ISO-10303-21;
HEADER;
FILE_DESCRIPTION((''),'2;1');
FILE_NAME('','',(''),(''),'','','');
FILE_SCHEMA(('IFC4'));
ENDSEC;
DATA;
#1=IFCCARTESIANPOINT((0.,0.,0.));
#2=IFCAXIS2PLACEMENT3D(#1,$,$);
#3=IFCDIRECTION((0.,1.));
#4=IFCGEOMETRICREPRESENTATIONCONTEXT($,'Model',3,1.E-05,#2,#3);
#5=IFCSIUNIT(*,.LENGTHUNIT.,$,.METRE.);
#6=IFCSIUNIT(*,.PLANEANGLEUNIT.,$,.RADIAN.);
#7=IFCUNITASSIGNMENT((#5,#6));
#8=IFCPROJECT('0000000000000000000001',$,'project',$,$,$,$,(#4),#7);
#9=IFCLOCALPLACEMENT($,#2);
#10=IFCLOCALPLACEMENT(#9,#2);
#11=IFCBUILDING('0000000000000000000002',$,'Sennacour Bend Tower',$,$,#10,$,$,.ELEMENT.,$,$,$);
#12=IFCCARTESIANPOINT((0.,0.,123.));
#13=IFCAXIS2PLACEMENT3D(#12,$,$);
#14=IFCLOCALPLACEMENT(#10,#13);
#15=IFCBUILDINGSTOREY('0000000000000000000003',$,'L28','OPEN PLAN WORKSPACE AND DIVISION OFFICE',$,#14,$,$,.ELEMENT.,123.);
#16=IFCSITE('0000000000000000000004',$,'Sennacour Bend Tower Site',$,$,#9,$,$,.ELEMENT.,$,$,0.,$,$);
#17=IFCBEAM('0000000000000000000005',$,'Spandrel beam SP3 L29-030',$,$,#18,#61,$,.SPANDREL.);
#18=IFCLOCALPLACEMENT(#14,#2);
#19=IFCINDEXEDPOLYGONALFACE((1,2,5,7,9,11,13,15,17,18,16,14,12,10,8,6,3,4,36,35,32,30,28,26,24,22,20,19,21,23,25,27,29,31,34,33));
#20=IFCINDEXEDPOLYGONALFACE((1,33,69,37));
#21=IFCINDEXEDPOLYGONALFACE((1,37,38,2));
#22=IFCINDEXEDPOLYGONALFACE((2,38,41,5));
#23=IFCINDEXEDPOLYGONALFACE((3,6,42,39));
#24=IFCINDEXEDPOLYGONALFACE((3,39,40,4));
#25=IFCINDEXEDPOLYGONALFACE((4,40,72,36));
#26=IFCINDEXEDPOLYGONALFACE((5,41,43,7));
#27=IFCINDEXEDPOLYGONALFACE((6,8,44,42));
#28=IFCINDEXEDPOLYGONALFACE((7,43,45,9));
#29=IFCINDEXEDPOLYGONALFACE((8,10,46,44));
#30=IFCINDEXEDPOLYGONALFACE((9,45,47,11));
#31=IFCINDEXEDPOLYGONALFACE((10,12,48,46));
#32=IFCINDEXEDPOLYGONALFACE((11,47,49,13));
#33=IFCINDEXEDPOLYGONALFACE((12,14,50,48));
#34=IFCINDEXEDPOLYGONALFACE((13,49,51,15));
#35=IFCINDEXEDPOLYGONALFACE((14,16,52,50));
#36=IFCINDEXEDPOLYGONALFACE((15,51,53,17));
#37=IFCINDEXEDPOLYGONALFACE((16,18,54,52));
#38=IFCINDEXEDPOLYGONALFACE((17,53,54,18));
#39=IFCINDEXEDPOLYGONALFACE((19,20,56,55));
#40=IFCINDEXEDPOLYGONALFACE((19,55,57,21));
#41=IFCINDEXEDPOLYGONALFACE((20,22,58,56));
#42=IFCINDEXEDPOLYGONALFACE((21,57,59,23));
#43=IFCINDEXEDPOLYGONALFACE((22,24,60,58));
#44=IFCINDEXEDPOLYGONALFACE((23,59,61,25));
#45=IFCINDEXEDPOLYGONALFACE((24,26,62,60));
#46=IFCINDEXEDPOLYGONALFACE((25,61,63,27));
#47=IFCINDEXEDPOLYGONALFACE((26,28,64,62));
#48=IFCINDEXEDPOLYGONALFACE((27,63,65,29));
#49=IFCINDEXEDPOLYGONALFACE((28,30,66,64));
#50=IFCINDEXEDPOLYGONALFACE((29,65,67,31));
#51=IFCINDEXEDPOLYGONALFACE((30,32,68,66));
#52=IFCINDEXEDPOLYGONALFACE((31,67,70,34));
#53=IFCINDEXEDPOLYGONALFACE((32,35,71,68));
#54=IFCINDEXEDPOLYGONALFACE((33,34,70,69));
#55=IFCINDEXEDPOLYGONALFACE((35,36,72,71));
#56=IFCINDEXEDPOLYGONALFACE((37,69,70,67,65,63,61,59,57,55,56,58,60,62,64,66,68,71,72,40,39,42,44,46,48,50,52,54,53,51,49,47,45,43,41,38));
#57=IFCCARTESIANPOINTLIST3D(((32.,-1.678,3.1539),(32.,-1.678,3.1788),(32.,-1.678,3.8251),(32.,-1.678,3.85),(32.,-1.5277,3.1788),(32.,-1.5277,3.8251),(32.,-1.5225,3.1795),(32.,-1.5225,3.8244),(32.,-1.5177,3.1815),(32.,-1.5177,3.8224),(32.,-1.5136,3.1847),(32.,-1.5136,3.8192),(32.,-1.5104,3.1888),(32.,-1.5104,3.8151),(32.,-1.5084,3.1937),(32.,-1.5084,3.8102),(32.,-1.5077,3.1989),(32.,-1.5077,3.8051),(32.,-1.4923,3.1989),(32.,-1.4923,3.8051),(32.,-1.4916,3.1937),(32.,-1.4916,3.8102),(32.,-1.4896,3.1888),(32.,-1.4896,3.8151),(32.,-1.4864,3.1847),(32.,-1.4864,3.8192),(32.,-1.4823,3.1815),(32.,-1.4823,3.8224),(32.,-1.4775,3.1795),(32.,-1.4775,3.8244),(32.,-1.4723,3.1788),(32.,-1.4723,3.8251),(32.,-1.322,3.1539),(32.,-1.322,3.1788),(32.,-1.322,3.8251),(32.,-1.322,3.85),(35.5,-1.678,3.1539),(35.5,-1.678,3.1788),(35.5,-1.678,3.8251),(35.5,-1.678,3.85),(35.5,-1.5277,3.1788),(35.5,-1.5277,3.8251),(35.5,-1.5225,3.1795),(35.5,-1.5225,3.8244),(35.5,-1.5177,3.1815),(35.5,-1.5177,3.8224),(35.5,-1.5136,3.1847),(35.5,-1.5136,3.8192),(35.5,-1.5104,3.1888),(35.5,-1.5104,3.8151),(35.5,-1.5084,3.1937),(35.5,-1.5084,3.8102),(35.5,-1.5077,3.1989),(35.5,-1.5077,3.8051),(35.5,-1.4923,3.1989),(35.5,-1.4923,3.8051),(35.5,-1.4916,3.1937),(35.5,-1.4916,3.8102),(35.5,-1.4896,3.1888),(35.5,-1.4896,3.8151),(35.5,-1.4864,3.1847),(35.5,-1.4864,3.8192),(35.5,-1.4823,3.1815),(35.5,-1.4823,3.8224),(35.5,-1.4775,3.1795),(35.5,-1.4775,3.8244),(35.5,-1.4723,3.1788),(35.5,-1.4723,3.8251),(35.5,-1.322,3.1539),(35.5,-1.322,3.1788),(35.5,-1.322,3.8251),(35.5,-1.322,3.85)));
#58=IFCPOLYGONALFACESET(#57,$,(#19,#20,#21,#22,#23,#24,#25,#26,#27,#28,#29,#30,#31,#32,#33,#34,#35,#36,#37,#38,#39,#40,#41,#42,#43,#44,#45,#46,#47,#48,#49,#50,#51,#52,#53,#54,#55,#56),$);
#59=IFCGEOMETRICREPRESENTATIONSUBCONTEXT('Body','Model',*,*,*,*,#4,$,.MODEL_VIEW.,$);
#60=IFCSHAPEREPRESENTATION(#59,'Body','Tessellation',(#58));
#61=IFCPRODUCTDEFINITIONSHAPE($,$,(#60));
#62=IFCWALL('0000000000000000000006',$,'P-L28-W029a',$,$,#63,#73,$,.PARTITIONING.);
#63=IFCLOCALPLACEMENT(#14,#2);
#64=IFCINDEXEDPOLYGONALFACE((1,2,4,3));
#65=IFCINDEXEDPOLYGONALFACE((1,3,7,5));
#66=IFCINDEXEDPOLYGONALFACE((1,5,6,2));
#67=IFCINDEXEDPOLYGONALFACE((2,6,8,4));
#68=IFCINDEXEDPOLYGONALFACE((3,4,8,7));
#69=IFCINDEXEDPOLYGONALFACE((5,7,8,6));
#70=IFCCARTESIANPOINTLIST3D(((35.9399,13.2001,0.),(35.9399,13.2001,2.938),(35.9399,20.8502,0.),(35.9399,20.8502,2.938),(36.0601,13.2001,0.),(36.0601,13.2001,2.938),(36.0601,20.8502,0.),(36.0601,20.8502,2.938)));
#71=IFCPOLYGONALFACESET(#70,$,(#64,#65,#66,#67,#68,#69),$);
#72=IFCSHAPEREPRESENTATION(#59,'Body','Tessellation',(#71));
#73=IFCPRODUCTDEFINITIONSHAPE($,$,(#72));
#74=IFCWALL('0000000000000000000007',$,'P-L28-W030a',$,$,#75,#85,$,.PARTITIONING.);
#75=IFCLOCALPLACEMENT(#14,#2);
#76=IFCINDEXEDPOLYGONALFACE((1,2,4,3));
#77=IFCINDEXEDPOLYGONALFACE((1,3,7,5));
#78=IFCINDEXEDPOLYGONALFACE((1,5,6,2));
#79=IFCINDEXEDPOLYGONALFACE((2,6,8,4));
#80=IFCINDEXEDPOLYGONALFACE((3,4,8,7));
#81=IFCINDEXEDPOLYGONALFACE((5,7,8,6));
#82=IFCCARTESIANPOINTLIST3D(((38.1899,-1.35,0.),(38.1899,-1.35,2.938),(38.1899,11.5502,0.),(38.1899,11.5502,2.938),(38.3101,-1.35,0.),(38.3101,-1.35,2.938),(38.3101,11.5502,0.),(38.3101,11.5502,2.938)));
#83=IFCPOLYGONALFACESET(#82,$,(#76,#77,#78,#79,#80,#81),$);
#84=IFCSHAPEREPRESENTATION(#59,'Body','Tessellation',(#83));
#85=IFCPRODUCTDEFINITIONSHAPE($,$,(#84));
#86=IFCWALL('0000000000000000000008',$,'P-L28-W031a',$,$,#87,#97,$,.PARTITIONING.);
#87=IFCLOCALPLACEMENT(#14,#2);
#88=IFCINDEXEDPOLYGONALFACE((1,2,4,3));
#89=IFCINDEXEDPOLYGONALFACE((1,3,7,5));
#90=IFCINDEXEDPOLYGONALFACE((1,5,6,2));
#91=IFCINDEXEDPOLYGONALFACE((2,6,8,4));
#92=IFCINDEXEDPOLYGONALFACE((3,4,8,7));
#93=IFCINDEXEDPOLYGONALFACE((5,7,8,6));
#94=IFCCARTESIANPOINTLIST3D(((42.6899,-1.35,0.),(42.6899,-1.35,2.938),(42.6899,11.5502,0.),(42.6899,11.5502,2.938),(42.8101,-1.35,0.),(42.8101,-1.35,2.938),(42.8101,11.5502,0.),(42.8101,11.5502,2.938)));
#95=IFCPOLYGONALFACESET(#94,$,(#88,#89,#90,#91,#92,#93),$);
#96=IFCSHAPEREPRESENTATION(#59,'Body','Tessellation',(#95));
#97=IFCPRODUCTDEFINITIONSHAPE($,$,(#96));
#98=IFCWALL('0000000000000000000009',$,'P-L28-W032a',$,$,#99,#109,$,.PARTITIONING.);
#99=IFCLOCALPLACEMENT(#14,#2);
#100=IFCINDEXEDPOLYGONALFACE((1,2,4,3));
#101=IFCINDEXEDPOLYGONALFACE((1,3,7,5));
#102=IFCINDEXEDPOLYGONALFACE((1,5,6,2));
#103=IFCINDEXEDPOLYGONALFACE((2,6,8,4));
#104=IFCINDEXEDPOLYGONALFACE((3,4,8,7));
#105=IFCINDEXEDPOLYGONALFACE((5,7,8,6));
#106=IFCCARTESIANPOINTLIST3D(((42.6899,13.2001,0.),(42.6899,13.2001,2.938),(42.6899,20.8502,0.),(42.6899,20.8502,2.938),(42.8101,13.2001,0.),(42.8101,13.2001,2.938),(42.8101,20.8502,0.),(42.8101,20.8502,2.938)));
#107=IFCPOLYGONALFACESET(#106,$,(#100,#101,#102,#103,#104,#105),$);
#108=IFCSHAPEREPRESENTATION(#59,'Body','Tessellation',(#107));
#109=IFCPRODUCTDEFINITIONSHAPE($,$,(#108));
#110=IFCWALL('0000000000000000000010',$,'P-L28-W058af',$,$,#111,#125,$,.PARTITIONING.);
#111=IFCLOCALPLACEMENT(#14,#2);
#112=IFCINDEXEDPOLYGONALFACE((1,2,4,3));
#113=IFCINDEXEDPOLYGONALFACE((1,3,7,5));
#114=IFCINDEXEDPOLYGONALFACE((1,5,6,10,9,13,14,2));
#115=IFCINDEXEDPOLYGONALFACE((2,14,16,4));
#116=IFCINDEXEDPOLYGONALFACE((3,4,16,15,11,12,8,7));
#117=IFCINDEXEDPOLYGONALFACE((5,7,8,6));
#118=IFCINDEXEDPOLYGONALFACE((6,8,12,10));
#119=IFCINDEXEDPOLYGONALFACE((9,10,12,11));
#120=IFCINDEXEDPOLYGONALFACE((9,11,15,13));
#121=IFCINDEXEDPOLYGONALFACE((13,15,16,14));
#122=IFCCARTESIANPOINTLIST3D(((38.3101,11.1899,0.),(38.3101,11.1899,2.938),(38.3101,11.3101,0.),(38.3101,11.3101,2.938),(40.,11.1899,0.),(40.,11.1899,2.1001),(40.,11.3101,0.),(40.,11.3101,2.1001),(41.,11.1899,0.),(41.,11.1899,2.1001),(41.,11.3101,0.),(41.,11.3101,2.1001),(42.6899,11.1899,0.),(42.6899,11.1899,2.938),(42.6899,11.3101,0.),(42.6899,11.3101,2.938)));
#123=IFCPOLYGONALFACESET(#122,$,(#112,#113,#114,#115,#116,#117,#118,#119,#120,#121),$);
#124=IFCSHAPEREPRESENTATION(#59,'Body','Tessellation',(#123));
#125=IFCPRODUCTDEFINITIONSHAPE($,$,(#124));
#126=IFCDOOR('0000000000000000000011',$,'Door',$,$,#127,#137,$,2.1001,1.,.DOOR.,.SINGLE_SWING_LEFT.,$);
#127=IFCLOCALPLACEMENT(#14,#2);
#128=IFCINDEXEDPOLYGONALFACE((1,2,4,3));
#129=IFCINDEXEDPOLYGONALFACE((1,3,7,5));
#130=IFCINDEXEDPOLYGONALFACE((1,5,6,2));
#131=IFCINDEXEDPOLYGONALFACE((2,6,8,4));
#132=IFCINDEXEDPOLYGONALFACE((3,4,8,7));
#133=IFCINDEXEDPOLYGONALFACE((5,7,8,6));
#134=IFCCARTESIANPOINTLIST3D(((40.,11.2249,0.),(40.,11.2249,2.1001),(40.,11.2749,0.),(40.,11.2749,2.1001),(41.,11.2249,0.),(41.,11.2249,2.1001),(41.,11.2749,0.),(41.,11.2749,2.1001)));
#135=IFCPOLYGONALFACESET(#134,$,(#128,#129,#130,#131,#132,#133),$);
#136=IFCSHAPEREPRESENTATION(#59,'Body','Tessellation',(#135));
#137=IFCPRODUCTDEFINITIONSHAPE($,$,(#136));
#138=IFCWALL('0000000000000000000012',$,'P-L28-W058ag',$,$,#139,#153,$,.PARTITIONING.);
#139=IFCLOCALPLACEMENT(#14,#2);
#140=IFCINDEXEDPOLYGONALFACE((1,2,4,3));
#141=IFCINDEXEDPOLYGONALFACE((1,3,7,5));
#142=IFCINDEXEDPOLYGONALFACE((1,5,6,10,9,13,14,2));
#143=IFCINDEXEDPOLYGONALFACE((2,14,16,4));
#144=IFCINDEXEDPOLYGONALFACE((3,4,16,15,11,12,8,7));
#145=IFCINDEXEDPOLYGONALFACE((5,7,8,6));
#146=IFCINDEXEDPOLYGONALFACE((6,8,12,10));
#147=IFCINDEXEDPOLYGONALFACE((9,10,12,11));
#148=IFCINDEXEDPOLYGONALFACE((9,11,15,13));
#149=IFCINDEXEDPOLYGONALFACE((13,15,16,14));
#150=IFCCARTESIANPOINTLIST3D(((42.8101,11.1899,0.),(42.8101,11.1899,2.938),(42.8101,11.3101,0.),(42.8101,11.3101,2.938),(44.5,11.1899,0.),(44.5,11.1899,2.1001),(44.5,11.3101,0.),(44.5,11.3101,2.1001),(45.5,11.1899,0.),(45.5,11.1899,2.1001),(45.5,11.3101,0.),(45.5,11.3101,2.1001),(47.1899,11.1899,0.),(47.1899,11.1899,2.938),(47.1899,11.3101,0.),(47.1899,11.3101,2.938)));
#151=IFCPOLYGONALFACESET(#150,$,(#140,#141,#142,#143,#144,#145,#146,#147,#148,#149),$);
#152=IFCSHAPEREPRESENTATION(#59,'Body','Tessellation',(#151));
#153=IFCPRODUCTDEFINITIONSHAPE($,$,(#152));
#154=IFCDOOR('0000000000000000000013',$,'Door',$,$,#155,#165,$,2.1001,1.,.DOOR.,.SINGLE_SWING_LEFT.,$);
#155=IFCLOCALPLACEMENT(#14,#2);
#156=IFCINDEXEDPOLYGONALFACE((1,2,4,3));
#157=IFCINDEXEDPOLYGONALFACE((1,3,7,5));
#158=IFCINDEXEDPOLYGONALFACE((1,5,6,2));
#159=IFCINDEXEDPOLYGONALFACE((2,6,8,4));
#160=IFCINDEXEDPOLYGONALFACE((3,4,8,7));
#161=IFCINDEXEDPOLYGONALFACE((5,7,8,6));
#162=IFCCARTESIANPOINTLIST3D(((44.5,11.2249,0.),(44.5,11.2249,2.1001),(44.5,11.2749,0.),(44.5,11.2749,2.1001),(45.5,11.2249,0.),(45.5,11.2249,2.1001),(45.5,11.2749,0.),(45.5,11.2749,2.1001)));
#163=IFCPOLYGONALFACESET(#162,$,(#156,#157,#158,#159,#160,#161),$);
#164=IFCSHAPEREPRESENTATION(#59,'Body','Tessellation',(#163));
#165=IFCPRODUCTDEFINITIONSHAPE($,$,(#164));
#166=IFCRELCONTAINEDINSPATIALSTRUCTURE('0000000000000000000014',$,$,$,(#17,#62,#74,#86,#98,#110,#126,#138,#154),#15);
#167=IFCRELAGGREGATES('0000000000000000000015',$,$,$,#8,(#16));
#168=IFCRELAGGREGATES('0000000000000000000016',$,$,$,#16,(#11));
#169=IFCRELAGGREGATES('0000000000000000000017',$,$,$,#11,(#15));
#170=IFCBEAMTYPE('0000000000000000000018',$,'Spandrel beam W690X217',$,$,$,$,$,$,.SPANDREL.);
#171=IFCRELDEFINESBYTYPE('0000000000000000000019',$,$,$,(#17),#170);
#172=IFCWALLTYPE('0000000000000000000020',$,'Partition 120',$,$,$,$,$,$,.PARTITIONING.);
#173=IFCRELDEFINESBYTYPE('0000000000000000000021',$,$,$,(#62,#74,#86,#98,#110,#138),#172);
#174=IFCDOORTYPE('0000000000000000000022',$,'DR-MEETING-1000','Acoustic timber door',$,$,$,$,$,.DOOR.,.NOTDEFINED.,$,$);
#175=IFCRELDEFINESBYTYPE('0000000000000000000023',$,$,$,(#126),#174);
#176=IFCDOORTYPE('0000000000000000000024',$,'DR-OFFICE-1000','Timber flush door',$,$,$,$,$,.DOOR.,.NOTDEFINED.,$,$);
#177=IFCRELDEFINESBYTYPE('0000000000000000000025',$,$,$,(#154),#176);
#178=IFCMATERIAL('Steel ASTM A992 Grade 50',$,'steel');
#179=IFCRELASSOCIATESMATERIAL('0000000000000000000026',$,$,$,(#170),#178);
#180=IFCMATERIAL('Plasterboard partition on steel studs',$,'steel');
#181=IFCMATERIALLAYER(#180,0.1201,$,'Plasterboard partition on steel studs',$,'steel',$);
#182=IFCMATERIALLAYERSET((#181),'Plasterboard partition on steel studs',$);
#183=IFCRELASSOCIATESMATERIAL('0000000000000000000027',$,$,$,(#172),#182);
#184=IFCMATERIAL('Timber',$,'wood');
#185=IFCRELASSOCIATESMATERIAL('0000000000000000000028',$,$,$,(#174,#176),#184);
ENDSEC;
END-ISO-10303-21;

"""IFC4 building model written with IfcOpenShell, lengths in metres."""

from ifc_helpers import new_model, si_unit, direction, frame, frame_2d, origin, origin_2d, place, context, subcontext, project, spatial, rectangle, i_section, extrude, material, layer, layer_set, material_profile, profile_set, type_object, element, fill, save


model = new_model("IFC4")

# Units and contexts
model_context = context("Model", 3, precision=1e-05, world=origin(), true_north=direction((0.0, 1.0)))
body_context = subcontext(model_context, "Body", "Model", "MODEL_VIEW")
ifc_project = project(units=[si_unit("LENGTHUNIT", "METRE"), si_unit("PLANEANGLEUNIT", "RADIAN")], contexts=[model_context])

# Site, building, storey
site_placement = place(None, origin())
site = spatial("IfcSite", under=ifc_project, at=site_placement, Name="Sennacour Bend Tower Site", CompositionType="ELEMENT", RefElevation=0.0)
building_placement = place(site_placement, origin())
building = spatial("IfcBuilding", under=site, at=building_placement, Name="Sennacour Bend Tower", CompositionType="ELEMENT")
storey_placement = place(building_placement, frame((0.0, 0.0, 123.0)))
storey = spatial("IfcBuildingStorey", under=building, at=storey_placement, Name="L28", Description="OPEN PLAN WORKSPACE AND DIVISION OFFICE", CompositionType="ELEMENT", Elevation=123.0)

# Beam
ifc_material_1 = material(Name="Steel ASTM A992 Grade 50", Category="steel")
ifc_material_profile_1 = material_profile(ifc_material_1, i_section(OverallWidth=0.356, OverallDepth=0.696, WebThickness=0.0154, FlangeThickness=0.0249, FilletRadius=0.02, at=origin_2d()), Name="Steel ASTM A992 Grade 50", Category="steel")
ifc_profile_set_1 = profile_set([ifc_material_profile_1], Name="Steel ASTM A992 Grade 50")
beam_type_1 = type_object("IfcBeamType", Name="Spandrel beam W690X217", PredefinedType="SPANDREL", material=ifc_profile_set_1)
for number, where, z_axis, x_axis, name in (
    (1, (35.5, -1.5, 3.502), (-1.0, 0.0, 0.0), (0.0, -1.0, 0.0), "Spandrel beam SP3 L29-030"),
):
    element("IfcBeam", number, at=place(storey_placement, frame(where, z_axis=z_axis, x_axis=x_axis)), inside=storey, type_object=beam_type_1, Name=name, PredefinedType="SPANDREL", context=body_context, shape_type="SweptSolid", body=[
        extrude(i_section(OverallWidth=0.356, OverallDepth=0.696, WebThickness=0.0154, FlangeThickness=0.0249, FilletRadius=0.02, at=origin_2d()), origin(), (0.0, 0.0, 1.0), 3.5),
    ])

# Walls
ifc_material_2 = material(Name="Plasterboard partition on steel studs", Category="steel")
ifc_layer_1 = layer(ifc_material_2, 0.1201, Name="Plasterboard partition on steel studs", Category="steel")
ifc_layer_set_1 = layer_set([ifc_layer_1], Name="Plasterboard partition on steel studs")
wall_type_1 = type_object("IfcWallType", Name="Partition 120", PredefinedType="PARTITIONING", material=ifc_layer_set_1)
wall_1_placement = place(storey_placement, frame((36.0, 13.2, 0.0), z_axis=(0.0, 0.0, 1.0), x_axis=(0.0, 1.0, 0.0)))
element("IfcWall", 2, at=wall_1_placement, inside=storey, type_object=wall_type_1, Name="P-L28-W029a", PredefinedType="PARTITIONING", context=body_context, shape_type="SweptSolid", body=[
    extrude(rectangle(XDim=7.6501, YDim=0.1201, at=frame_2d((3.8252, 0.0))), origin(), (0.0, 0.0, 1.0), 2.938),
])
for number, where, z_axis, x_axis, name in (
    (3, (38.25, -1.3501, 0.0), (0.0, 0.0, 1.0), (0.0, 1.0, 0.0), "P-L28-W030a"),
    (4, (42.75, -1.3501, 0.0), (0.0, 0.0, 1.0), (0.0, 1.0, 0.0), "P-L28-W031a"),
):
    element("IfcWall", number, at=place(storey_placement, frame(where, z_axis=z_axis, x_axis=x_axis)), inside=storey, type_object=wall_type_1, Name=name, PredefinedType="PARTITIONING", context=body_context, shape_type="SweptSolid", body=[
        extrude(rectangle(XDim=12.9001, YDim=0.1201, at=frame_2d((6.4502, 0.0))), origin(), (0.0, 0.0, 1.0), 2.938),
    ])
wall_2_placement = place(storey_placement, frame((42.75, 13.2, 0.0), z_axis=(0.0, 0.0, 1.0), x_axis=(0.0, 1.0, 0.0)))
element("IfcWall", 5, at=wall_2_placement, inside=storey, type_object=wall_type_1, Name="P-L28-W032a", PredefinedType="PARTITIONING", context=body_context, shape_type="SweptSolid", body=[
    extrude(rectangle(XDim=7.6501, YDim=0.1201, at=frame_2d((3.8252, 0.0))), origin(), (0.0, 0.0, 1.0), 2.938),
])

# Walls, openings, doors
wall_3_placement = place(storey_placement, frame((38.3101, 11.25, 0.0), z_axis=(0.0, 0.0, 1.0), x_axis=(1.0, 0.0, 0.0)))
wall_3 = element("IfcWall", 6, at=wall_3_placement, inside=storey, type_object=wall_type_1, Name="P-L28-W058af", PredefinedType="PARTITIONING", context=body_context, shape_type="SweptSolid", body=[
    extrude(rectangle(XDim=4.3799, YDim=0.1201, at=frame_2d((2.1899, 0.0))), origin(), (0.0, 0.0, 1.0), 2.938),
])
opening_1_placement = place(wall_3_placement, frame((1.6899, 0.0, 0.0)))
opening_1 = element("IfcOpeningElement", 7, at=opening_1_placement, cuts=wall_3, PredefinedType="OPENING", context=body_context, shape_type="SweptSolid", body=[
    extrude(rectangle(XDim=1.0, YDim=2.1001, at=frame_2d((0.5, 1.05))), frame((0.0, 0.0701, 0.0), z_axis=(0.0, -1.0, 0.0), x_axis=(1.0, 0.0, 0.0)), (0.0, 0.0, 1.0), 0.1401),
])
ifc_material_3 = material(Name="Timber", Category="wood")
door_type_1 = type_object("IfcDoorType", Name="DR-MEETING-1000", Description="Acoustic timber door", OperationType="NOTDEFINED", PredefinedType="DOOR", material=ifc_material_3)
door_1_placement = place(opening_1_placement, origin())
door_1 = element("IfcDoor", 8, at=door_1_placement, inside=storey, type_object=door_type_1, Name="Door", OperationType="SINGLE_SWING_LEFT", OverallHeight=2.1001, OverallWidth=1.0, PredefinedType="DOOR", context=body_context, shape_type="SweptSolid", body=[
    extrude(rectangle(XDim=1.0, YDim=2.1001, at=frame_2d((0.5, 1.05))), frame((0.0, 0.0249, 0.0), z_axis=(0.0, -1.0, 0.0), x_axis=(1.0, 0.0, 0.0)), (0.0, 0.0, 1.0), 0.05),
])
fill(opening_1, door_1)
wall_4_placement = place(storey_placement, frame((42.8101, 11.25, 0.0), z_axis=(0.0, 0.0, 1.0), x_axis=(1.0, 0.0, 0.0)))
wall_4 = element("IfcWall", 9, at=wall_4_placement, inside=storey, type_object=wall_type_1, Name="P-L28-W058ag", PredefinedType="PARTITIONING", context=body_context, shape_type="SweptSolid", body=[
    extrude(rectangle(XDim=4.3799, YDim=0.1201, at=frame_2d((2.1899, 0.0))), origin(), (0.0, 0.0, 1.0), 2.938),
])
opening_2_placement = place(wall_4_placement, frame((1.6899, 0.0, 0.0)))
opening_2 = element("IfcOpeningElement", 10, at=opening_2_placement, cuts=wall_4, PredefinedType="OPENING", context=body_context, shape_type="SweptSolid", body=[
    extrude(rectangle(XDim=1.0, YDim=2.1001, at=frame_2d((0.5, 1.05))), frame((0.0, 0.0701, 0.0), z_axis=(0.0, -1.0, 0.0), x_axis=(1.0, 0.0, 0.0)), (0.0, 0.0, 1.0), 0.1401),
])
door_type_2 = type_object("IfcDoorType", Name="DR-OFFICE-1000", Description="Timber flush door", OperationType="NOTDEFINED", PredefinedType="DOOR", material=ifc_material_3)
door_2_placement = place(opening_2_placement, origin())
door_2 = element("IfcDoor", 11, at=door_2_placement, inside=storey, type_object=door_type_2, Name="Door", OperationType="SINGLE_SWING_LEFT", OverallHeight=2.1001, OverallWidth=1.0, PredefinedType="DOOR", context=body_context, shape_type="SweptSolid", body=[
    extrude(rectangle(XDim=1.0, YDim=2.1001, at=frame_2d((0.5, 1.05))), frame((0.0, 0.0249, 0.0), z_axis=(0.0, -1.0, 0.0), x_axis=(1.0, 0.0, 0.0)), (0.0, 0.0, 1.0), 0.05),
])
fill(opening_2, door_2)

save(model, "model.ifc")
